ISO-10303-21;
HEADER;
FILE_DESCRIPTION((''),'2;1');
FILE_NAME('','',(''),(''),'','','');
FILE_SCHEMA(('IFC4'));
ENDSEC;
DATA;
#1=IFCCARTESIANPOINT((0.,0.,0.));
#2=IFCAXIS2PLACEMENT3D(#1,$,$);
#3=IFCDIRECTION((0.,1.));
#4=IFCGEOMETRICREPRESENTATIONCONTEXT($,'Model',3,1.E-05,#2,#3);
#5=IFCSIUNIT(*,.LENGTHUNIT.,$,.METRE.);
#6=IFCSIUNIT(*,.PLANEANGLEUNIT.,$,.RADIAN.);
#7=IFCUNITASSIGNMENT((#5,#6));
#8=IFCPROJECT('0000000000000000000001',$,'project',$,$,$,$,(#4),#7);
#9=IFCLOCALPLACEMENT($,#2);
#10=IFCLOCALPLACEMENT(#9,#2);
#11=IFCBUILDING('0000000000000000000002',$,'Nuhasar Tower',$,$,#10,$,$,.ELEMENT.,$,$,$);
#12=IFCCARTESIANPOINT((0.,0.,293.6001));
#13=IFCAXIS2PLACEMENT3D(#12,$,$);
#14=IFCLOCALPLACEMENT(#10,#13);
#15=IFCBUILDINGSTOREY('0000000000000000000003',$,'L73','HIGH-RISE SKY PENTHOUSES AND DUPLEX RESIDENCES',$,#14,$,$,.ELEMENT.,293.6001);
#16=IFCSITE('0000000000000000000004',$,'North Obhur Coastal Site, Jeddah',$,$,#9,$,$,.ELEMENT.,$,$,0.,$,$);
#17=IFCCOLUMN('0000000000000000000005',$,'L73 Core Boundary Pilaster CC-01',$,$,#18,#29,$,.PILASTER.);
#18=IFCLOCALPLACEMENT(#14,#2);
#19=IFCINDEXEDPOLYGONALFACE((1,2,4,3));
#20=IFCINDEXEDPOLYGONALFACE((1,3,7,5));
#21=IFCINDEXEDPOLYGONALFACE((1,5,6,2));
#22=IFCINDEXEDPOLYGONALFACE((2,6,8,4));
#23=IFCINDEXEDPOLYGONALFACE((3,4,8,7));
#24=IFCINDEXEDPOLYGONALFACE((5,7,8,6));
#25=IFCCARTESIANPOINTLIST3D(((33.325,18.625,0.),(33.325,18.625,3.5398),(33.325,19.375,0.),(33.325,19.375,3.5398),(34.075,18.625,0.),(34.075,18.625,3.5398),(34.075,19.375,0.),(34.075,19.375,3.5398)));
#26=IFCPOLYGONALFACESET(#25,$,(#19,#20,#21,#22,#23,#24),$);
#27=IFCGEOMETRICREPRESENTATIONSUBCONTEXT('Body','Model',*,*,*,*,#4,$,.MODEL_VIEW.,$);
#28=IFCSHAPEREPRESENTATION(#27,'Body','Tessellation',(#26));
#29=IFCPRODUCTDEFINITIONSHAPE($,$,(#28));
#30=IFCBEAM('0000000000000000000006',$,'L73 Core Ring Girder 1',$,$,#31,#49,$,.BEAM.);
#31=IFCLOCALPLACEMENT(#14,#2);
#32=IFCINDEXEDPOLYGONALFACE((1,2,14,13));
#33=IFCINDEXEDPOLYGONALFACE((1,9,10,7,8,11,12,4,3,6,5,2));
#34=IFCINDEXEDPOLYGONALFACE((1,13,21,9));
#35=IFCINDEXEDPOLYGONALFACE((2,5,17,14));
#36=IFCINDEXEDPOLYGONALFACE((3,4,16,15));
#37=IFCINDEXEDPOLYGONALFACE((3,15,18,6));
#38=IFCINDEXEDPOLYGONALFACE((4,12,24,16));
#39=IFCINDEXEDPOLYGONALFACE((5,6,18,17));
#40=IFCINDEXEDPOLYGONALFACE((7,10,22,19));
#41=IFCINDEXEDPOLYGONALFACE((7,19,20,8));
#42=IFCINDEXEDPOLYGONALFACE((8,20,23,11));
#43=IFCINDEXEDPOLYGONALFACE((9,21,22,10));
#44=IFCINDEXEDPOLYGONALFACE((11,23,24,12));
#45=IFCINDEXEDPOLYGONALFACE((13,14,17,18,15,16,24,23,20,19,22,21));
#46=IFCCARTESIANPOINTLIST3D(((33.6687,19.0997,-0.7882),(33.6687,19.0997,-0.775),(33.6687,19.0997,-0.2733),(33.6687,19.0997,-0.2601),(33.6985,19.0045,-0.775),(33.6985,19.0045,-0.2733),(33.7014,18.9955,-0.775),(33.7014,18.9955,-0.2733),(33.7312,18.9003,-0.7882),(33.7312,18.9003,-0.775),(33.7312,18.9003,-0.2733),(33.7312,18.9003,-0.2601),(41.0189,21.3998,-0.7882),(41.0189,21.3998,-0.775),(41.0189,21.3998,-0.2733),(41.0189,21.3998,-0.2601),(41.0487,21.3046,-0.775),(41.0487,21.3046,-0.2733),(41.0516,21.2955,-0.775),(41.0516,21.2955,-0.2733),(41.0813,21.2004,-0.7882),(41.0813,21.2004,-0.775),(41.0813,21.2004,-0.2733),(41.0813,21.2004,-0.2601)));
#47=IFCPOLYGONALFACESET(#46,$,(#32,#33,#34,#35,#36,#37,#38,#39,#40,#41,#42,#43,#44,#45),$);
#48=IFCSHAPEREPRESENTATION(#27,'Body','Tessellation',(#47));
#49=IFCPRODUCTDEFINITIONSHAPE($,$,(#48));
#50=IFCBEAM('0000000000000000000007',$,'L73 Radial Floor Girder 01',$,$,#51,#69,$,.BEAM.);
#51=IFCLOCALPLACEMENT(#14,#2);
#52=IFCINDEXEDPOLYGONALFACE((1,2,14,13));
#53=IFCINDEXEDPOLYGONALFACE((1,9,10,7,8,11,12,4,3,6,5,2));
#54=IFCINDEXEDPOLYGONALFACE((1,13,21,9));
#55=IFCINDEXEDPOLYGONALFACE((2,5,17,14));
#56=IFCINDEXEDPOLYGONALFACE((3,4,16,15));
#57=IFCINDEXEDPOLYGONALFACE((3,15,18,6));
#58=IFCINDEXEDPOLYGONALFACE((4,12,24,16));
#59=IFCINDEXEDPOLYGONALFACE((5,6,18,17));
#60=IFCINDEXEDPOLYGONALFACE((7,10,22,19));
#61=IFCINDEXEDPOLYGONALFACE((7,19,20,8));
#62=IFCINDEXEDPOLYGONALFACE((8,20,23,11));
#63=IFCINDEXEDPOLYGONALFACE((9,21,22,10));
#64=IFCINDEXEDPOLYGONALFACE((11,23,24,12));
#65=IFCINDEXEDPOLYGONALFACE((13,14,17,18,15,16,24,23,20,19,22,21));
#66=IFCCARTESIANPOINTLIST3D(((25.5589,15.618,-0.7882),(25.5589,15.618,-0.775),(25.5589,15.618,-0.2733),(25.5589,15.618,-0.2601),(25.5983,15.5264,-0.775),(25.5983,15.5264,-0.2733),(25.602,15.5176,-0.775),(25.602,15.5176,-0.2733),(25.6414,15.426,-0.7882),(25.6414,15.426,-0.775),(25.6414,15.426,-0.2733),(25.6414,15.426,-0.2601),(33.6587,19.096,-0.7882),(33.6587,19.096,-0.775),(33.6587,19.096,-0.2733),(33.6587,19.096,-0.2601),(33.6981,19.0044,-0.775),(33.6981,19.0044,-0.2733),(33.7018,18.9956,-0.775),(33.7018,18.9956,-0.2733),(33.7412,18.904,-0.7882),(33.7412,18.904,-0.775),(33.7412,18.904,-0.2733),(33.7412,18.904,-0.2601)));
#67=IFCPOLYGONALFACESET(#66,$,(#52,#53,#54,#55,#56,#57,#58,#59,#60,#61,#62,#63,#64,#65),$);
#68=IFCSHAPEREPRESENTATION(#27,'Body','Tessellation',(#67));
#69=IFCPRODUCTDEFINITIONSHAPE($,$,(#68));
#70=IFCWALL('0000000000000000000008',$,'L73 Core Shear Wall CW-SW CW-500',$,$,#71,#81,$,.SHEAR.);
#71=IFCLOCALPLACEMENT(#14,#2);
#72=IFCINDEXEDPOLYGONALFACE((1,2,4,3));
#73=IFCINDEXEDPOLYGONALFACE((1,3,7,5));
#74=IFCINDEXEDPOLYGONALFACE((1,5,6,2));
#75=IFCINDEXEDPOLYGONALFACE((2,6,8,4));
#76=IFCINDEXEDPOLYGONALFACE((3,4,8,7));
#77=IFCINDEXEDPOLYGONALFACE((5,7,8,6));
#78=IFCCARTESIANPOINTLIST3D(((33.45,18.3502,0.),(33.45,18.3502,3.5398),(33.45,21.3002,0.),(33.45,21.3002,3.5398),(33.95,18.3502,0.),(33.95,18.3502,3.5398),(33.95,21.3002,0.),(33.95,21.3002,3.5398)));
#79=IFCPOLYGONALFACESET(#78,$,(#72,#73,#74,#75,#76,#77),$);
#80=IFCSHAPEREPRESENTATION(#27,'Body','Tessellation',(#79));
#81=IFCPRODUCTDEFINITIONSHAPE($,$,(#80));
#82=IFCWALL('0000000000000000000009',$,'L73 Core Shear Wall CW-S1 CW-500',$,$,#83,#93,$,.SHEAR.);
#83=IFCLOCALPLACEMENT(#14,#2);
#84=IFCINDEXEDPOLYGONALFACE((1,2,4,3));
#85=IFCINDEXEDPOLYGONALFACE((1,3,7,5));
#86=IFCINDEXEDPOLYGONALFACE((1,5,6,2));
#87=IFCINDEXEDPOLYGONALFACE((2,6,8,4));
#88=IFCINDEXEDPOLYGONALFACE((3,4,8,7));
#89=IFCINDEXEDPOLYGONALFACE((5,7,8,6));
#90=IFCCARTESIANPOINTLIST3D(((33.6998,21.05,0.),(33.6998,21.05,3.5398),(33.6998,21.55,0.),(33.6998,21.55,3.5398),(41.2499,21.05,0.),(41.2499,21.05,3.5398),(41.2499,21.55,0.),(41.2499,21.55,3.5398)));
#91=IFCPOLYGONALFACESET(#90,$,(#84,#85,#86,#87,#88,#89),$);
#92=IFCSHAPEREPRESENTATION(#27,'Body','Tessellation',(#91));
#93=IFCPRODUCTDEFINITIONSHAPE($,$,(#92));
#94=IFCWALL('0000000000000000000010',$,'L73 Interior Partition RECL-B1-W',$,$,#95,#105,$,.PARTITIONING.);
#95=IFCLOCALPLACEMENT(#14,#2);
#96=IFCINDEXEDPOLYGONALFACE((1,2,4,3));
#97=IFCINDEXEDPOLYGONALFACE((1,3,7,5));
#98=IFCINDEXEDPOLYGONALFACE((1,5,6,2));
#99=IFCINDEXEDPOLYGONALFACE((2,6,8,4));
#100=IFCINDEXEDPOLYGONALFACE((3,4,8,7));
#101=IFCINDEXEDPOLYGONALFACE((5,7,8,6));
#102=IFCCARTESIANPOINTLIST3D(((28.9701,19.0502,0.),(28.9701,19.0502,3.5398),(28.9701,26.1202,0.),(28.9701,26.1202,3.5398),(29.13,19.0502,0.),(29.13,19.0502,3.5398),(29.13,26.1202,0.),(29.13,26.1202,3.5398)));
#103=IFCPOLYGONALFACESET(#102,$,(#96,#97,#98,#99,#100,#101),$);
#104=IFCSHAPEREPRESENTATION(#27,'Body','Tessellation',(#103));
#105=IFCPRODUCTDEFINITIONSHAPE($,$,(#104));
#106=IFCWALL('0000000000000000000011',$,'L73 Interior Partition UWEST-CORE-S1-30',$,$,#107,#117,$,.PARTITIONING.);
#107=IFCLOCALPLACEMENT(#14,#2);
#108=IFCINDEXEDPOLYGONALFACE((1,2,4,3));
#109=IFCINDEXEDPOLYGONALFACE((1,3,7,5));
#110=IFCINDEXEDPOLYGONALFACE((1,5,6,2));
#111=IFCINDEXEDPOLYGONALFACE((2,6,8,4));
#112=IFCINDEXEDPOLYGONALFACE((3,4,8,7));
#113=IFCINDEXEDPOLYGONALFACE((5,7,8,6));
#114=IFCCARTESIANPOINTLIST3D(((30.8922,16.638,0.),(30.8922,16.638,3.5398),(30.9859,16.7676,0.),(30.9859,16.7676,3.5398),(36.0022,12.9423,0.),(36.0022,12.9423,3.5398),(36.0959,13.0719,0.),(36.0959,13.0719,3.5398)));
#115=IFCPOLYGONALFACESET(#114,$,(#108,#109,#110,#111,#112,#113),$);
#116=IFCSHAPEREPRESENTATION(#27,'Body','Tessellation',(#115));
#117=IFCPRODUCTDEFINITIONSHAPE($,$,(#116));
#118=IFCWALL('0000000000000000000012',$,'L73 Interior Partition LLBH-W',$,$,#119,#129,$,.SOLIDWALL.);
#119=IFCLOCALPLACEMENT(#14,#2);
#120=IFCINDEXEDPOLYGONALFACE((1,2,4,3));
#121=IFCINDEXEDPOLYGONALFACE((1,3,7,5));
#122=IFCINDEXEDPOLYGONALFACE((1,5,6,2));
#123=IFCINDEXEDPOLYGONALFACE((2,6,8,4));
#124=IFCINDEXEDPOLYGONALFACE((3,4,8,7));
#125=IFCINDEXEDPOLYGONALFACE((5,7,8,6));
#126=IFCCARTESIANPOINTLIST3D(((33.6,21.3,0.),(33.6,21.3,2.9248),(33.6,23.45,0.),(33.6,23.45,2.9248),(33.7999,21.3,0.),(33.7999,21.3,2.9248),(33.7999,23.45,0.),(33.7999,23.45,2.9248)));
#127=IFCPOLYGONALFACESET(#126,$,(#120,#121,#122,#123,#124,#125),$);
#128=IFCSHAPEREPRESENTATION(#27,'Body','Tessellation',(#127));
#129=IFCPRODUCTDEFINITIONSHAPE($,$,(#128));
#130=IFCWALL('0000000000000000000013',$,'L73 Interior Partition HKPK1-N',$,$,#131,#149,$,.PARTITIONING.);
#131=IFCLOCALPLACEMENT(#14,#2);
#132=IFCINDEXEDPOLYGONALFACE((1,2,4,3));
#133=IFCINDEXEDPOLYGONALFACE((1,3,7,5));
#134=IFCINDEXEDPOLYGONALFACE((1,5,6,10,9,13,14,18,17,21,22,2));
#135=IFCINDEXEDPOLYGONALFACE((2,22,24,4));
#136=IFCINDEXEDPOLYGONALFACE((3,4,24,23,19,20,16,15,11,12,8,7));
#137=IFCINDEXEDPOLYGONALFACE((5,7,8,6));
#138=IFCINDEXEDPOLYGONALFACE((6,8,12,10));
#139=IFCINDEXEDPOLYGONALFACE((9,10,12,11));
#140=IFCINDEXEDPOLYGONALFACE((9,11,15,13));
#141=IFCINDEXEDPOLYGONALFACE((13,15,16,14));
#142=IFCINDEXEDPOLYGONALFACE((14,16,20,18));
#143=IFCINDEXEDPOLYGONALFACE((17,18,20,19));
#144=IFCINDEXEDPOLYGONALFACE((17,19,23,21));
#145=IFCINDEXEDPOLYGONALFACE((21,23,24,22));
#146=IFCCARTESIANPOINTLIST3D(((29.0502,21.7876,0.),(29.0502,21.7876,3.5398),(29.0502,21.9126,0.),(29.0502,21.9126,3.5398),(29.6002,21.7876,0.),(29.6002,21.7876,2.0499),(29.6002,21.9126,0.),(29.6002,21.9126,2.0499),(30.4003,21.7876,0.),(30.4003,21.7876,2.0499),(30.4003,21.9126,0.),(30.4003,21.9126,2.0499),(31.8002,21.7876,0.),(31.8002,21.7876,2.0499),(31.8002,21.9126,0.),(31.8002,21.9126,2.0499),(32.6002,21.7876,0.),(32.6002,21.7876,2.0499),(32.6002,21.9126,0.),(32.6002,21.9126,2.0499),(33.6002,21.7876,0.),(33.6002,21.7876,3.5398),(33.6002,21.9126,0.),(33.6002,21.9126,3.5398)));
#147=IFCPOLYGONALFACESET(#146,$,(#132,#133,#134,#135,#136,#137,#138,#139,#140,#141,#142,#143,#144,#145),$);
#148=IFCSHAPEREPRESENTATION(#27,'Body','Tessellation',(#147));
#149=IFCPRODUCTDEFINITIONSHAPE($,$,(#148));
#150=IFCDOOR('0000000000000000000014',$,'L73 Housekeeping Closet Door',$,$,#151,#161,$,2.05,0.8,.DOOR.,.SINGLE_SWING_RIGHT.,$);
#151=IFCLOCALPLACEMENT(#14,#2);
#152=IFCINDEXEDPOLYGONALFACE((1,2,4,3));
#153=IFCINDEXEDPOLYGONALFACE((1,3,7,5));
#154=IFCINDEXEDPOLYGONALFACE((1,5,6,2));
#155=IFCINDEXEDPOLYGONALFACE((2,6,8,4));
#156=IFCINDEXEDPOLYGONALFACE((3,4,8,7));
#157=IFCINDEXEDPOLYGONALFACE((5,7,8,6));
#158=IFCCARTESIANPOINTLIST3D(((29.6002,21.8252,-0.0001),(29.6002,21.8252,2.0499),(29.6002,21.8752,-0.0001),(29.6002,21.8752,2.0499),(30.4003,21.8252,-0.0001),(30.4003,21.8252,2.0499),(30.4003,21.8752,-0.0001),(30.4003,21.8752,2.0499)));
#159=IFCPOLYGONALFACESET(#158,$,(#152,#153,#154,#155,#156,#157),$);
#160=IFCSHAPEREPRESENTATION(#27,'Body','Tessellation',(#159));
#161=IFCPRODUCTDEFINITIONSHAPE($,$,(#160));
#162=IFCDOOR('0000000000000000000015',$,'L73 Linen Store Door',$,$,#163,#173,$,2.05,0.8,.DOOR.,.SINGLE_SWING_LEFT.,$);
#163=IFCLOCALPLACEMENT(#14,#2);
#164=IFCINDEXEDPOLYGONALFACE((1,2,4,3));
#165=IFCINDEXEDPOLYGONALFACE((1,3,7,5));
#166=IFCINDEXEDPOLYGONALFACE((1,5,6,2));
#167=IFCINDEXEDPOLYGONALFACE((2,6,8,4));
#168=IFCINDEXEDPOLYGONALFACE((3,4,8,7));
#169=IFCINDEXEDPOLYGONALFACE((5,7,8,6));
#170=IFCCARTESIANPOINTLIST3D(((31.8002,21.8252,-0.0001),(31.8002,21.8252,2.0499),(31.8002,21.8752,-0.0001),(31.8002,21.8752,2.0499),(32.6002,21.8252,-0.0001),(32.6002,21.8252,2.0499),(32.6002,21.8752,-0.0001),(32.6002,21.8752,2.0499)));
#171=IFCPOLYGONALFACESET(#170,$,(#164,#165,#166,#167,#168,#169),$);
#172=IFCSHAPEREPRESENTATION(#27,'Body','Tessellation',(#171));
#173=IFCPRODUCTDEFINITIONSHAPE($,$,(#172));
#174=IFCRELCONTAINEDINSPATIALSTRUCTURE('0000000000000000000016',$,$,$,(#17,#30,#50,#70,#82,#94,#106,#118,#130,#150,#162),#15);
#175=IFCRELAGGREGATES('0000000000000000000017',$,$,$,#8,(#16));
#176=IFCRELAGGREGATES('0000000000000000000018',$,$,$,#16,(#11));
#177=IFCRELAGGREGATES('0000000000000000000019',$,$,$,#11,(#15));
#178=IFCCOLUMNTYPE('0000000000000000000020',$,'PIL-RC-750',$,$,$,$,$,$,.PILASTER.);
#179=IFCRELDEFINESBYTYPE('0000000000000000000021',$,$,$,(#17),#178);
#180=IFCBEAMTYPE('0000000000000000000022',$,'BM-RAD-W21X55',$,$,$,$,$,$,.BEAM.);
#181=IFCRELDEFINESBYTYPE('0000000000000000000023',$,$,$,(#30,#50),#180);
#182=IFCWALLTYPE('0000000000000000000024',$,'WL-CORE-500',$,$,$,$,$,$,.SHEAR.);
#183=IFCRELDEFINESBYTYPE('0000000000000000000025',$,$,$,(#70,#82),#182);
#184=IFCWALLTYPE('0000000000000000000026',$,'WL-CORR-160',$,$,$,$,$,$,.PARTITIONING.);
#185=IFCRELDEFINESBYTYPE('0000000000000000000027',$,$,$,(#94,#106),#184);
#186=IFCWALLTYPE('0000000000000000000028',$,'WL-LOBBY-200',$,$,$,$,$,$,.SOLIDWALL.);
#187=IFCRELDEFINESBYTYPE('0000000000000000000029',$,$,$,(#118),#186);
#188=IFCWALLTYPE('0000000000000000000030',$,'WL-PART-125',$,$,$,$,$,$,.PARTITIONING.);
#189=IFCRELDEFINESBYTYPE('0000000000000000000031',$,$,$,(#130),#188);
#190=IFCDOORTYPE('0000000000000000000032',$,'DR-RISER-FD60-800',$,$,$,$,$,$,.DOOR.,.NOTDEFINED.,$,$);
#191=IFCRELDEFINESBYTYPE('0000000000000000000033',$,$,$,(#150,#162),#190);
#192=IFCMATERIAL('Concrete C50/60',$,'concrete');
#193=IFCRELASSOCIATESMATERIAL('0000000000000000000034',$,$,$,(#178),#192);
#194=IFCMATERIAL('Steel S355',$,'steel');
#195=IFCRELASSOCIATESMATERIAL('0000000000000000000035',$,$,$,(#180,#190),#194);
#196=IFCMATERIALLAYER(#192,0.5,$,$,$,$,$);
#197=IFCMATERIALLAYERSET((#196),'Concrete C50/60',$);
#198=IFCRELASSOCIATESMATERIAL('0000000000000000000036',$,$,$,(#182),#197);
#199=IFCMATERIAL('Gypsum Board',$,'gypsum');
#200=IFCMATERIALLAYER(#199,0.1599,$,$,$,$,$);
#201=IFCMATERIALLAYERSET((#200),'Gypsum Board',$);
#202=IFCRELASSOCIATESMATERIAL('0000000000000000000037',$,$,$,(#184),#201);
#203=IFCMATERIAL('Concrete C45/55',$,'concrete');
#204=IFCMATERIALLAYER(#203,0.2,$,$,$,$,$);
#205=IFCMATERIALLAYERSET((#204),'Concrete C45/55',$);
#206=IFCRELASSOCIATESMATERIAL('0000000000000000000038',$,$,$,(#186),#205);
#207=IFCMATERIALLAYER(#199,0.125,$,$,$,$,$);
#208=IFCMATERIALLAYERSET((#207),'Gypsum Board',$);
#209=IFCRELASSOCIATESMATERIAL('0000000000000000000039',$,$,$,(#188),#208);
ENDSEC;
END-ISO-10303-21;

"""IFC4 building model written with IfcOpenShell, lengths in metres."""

from ifc_helpers import new_model, si_unit, direction, frame, frame_2d, origin, origin_2d, place, context, subcontext, project, spatial, rectangle, i_section, extrude, material, layer, layer_set, material_profile, profile_set, type_object, element, fill, save


model = new_model("IFC4")

# Units and contexts
model_context = context("Model", 3, precision=1e-05, world=origin(), true_north=direction((0.0, 1.0)))
body_context = subcontext(model_context, "Body", "Model", "MODEL_VIEW")
ifc_project = project(units=[si_unit("LENGTHUNIT", "METRE"), si_unit("PLANEANGLEUNIT", "RADIAN")], contexts=[model_context])

# Site, building, storey
site_placement = place(None, origin())
site = spatial("IfcSite", under=ifc_project, at=site_placement, Name="North Obhur Coastal Site, Jeddah", CompositionType="ELEMENT", RefElevation=0.0)
building_placement = place(site_placement, origin())
building = spatial("IfcBuilding", under=site, at=building_placement, Name="Nuhasar Tower", CompositionType="ELEMENT")
storey_placement = place(building_placement, frame((0.0, 0.0, 293.6001)))
storey = spatial("IfcBuildingStorey", under=building, at=storey_placement, Name="L73", Description="HIGH-RISE SKY PENTHOUSES AND DUPLEX RESIDENCES", CompositionType="ELEMENT", Elevation=293.6001)

# Column
ifc_material_1 = material(Name="Concrete C50/60", Category="concrete")
ifc_material_profile_1 = material_profile(ifc_material_1, rectangle(XDim=0.75, YDim=0.75, at=origin_2d()), Name="RC750X750")
ifc_profile_set_1 = profile_set([ifc_material_profile_1], Name="Concrete C50/60")
column_type = type_object("IfcColumnType", Name="PIL-RC-750", PredefinedType="PILASTER", material=ifc_profile_set_1)
column_placement = place(storey_placement, frame((33.7, 19.0, 0.0), z_axis=(0.0, 0.0, 1.0), x_axis=(1.0, 0.0, 0.0)))
element("IfcColumn", 1, at=column_placement, inside=storey, type_object=column_type, Name="L73 Core Boundary Pilaster CC-01", PredefinedType="PILASTER", context=body_context, shape_type="SweptSolid", body=[
    extrude(rectangle(XDim=0.75, YDim=0.75, at=origin_2d()), origin(), (0.0, 0.0, 1.0), 3.5398),
])

# Beams
ifc_material_2 = material(Name="Steel S355", Category="steel")
ifc_material_profile_2 = material_profile(ifc_material_2, i_section(OverallWidth=0.209, OverallDepth=0.5281, WebThickness=0.0095, FlangeThickness=0.0132, at=origin_2d()), Name="W21X55")
ifc_profile_set_2 = profile_set([ifc_material_profile_2], Name="Steel S355")
beam_type = type_object("IfcBeamType", Name="BM-RAD-W21X55", PredefinedType="BEAM", material=ifc_profile_set_2)
beam_1_placement = place(storey_placement, frame((33.7, 19.0, -0.5242), z_axis=(0.954364, 0.298647, 0.0), x_axis=(-0.298647, 0.954364, 0.0)))
element("IfcBeam", 2, at=beam_1_placement, inside=storey, type_object=beam_type, Name="L73 Core Ring Girder 1", PredefinedType="BEAM", context=body_context, shape_type="SweptSolid", body=[
    extrude(i_section(OverallWidth=0.209, OverallDepth=0.5281, WebThickness=0.0095, FlangeThickness=0.0132, at=origin_2d()), origin(), (0.0, 0.0, 1.0), 7.7017),
])
beam_2_placement = place(storey_placement, frame((33.7, 19.0, -0.5242), z_axis=(-0.918871, -0.394558, 0.0), x_axis=(0.394558, -0.918871, 0.0)))
element("IfcBeam", 3, at=beam_2_placement, inside=storey, type_object=beam_type, Name="L73 Radial Floor Girder 01", PredefinedType="BEAM", context=body_context, shape_type="SweptSolid", body=[
    extrude(i_section(OverallWidth=0.209, OverallDepth=0.5281, WebThickness=0.0095, FlangeThickness=0.0132, at=origin_2d()), origin(), (0.0, 0.0, 1.0), 8.8149),
])

# Walls
ifc_layer_1 = layer(ifc_material_1, 0.5)
ifc_layer_set_1 = layer_set([ifc_layer_1], Name="Concrete C50/60")
wall_type_1 = type_object("IfcWallType", Name="WL-CORE-500", PredefinedType="SHEAR", material=ifc_layer_set_1)
wall_1_placement = place(storey_placement, frame((33.7, 18.3501, 0.0), z_axis=(0.0, 0.0, 1.0), x_axis=(0.0, 1.0, 0.0)))
element("IfcWall", 4, at=wall_1_placement, inside=storey, type_object=wall_type_1, Name="L73 Core Shear Wall CW-SW CW-500", PredefinedType="SHEAR", context=body_context, shape_type="SweptSolid", body=[
    extrude(rectangle(XDim=2.95, YDim=0.5, at=frame_2d((1.4751, 0.0))), origin(), (0.0, 0.0, 1.0), 3.5398),
])
wall_2_placement = place(storey_placement, frame((33.7, 21.3, 0.0), z_axis=(0.0, 0.0, 1.0), x_axis=(1.0, 0.0, 0.0)))
element("IfcWall", 5, at=wall_2_placement, inside=storey, type_object=wall_type_1, Name="L73 Core Shear Wall CW-S1 CW-500", PredefinedType="SHEAR", context=body_context, shape_type="SweptSolid", body=[
    extrude(rectangle(XDim=7.55, YDim=0.5, at=frame_2d((3.7749, 0.0))), origin(), (0.0, 0.0, 1.0), 3.5398),
])
ifc_material_3 = material(Name="Gypsum Board", Category="gypsum")
ifc_layer_2 = layer(ifc_material_3, 0.1599)
ifc_layer_set_2 = layer_set([ifc_layer_2], Name="Gypsum Board")
wall_type_2 = type_object("IfcWallType", Name="WL-CORR-160", PredefinedType="PARTITIONING", material=ifc_layer_set_2)
wall_3_placement = place(storey_placement, frame((29.05, 19.05, 0.0), z_axis=(0.0, 0.0, 1.0), x_axis=(0.0, 1.0, 0.0)))
element("IfcWall", 6, at=wall_3_placement, inside=storey, type_object=wall_type_2, Name="L73 Interior Partition RECL-B1-W", PredefinedType="PARTITIONING", context=body_context, shape_type="SweptSolid", body=[
    extrude(rectangle(XDim=7.0701, YDim=0.1599, at=frame_2d((3.5352, 0.0))), origin(), (0.0, 0.0, 1.0), 3.5398),
])

# Walls
wall_4_placement = place(storey_placement, frame((30.939, 16.7029, 0.0), z_axis=(0.0, 0.0, 1.0), x_axis=(0.81029, -0.586029, 0.0)))
element("IfcWall", 7, at=wall_4_placement, inside=storey, type_object=wall_type_2, Name="L73 Interior Partition UWEST-CORE-S1-30", PredefinedType="PARTITIONING", context=body_context, shape_type="SweptSolid", body=[
    extrude(rectangle(XDim=6.3064, YDim=0.1599, at=frame_2d((3.1533, 0.0))), origin(), (0.0, 0.0, 1.0), 3.5398),
])
ifc_material_4 = material(Name="Concrete C45/55", Category="concrete")
ifc_layer_3 = layer(ifc_material_4, 0.2)
ifc_layer_set_3 = layer_set([ifc_layer_3], Name="Concrete C45/55")
wall_type_3 = type_object("IfcWallType", Name="WL-LOBBY-200", PredefinedType="SOLIDWALL", material=ifc_layer_set_3)
wall_5_placement = place(storey_placement, frame((33.7, 21.3, 0.0), z_axis=(0.0, 0.0, 1.0), x_axis=(0.0, 1.0, 0.0)))
element("IfcWall", 8, at=wall_5_placement, inside=storey, type_object=wall_type_3, Name="L73 Interior Partition LLBH-W", PredefinedType="SOLIDWALL", context=body_context, shape_type="SweptSolid", body=[
    extrude(rectangle(XDim=2.1499, YDim=0.2, at=frame_2d((1.075, 0.0))), origin(), (0.0, 0.0, 1.0), 2.9248),
])

# Wall, openings, doors
ifc_layer_4 = layer(ifc_material_3, 0.125)
ifc_layer_set_4 = layer_set([ifc_layer_4], Name="Gypsum Board")
wall_type_4 = type_object("IfcWallType", Name="WL-PART-125", PredefinedType="PARTITIONING", material=ifc_layer_set_4)
wall_6_placement = place(storey_placement, frame((33.6001, 21.8501, 0.0), z_axis=(0.0, 0.0, 1.0), x_axis=(-1.0, 0.0, 0.0)))
wall_6 = element("IfcWall", 9, at=wall_6_placement, inside=storey, type_object=wall_type_4, Name="L73 Interior Partition HKPK1-N", PredefinedType="PARTITIONING", context=body_context, shape_type="SweptSolid", body=[
    extrude(rectangle(XDim=4.55, YDim=0.125, at=frame_2d((2.2749, 0.0))), origin(), (0.0, 0.0, 1.0), 3.5398),
])
opening_1_placement = place(wall_6_placement, frame((3.2, 0.0, 0.0)))
opening_1 = element("IfcOpeningElement", 10, at=opening_1_placement, cuts=wall_6, PredefinedType="OPENING", context=body_context, shape_type="SweptSolid", body=[
    extrude(rectangle(XDim=0.8, YDim=2.05, at=frame_2d((0.3999, 1.0249))), frame((0.0, 0.0725, 0.0), z_axis=(0.0, -1.0, 0.0), x_axis=(1.0, 0.0, 0.0)), (0.0, 0.0, 1.0), 0.145),
])
opening_2_placement = place(wall_6_placement, frame((1.0, 0.0, 0.0)))
opening_2 = element("IfcOpeningElement", 11, at=opening_2_placement, cuts=wall_6, PredefinedType="OPENING", context=body_context, shape_type="SweptSolid", body=[
    extrude(rectangle(XDim=0.8, YDim=2.05, at=frame_2d((0.3999, 1.0249))), frame((0.0, 0.0725, 0.0), z_axis=(0.0, -1.0, 0.0), x_axis=(1.0, 0.0, 0.0)), (0.0, 0.0, 1.0), 0.145),
])
door_type_1 = type_object("IfcDoorType", Name="DR-RISER-FD60-800", OperationType="NOTDEFINED", PredefinedType="DOOR", material=ifc_material_2)
door_1_placement = place(opening_1_placement, origin())
door_1 = element("IfcDoor", 12, at=door_1_placement, inside=storey, type_object=door_type_1, Name="L73 Housekeeping Closet Door", OperationType="SINGLE_SWING_RIGHT", OverallHeight=2.05, OverallWidth=0.8, PredefinedType="DOOR", context=body_context, shape_type="SweptSolid", body=[
    extrude(rectangle(XDim=0.8, YDim=2.05, at=frame_2d((0.3999, 1.0249))), frame((0.0, 0.0249, 0.0), z_axis=(0.0, -1.0, 0.0), x_axis=(1.0, 0.0, 0.0)), (0.0, 0.0, 1.0), 0.05),
])
fill(opening_1, door_1)
door_2_placement = place(opening_2_placement, origin())
door_2 = element("IfcDoor", 13, at=door_2_placement, inside=storey, type_object=door_type_1, Name="L73 Linen Store Door", OperationType="SINGLE_SWING_LEFT", OverallHeight=2.05, OverallWidth=0.8, PredefinedType="DOOR", context=body_context, shape_type="SweptSolid", body=[
    extrude(rectangle(XDim=0.8, YDim=2.05, at=frame_2d((0.3999, 1.0249))), frame((0.0, 0.0249, 0.0), z_axis=(0.0, -1.0, 0.0), x_axis=(1.0, 0.0, 0.0)), (0.0, 0.0, 1.0), 0.05),
])
fill(opening_2, door_2)

save(model, "model.ifc")
